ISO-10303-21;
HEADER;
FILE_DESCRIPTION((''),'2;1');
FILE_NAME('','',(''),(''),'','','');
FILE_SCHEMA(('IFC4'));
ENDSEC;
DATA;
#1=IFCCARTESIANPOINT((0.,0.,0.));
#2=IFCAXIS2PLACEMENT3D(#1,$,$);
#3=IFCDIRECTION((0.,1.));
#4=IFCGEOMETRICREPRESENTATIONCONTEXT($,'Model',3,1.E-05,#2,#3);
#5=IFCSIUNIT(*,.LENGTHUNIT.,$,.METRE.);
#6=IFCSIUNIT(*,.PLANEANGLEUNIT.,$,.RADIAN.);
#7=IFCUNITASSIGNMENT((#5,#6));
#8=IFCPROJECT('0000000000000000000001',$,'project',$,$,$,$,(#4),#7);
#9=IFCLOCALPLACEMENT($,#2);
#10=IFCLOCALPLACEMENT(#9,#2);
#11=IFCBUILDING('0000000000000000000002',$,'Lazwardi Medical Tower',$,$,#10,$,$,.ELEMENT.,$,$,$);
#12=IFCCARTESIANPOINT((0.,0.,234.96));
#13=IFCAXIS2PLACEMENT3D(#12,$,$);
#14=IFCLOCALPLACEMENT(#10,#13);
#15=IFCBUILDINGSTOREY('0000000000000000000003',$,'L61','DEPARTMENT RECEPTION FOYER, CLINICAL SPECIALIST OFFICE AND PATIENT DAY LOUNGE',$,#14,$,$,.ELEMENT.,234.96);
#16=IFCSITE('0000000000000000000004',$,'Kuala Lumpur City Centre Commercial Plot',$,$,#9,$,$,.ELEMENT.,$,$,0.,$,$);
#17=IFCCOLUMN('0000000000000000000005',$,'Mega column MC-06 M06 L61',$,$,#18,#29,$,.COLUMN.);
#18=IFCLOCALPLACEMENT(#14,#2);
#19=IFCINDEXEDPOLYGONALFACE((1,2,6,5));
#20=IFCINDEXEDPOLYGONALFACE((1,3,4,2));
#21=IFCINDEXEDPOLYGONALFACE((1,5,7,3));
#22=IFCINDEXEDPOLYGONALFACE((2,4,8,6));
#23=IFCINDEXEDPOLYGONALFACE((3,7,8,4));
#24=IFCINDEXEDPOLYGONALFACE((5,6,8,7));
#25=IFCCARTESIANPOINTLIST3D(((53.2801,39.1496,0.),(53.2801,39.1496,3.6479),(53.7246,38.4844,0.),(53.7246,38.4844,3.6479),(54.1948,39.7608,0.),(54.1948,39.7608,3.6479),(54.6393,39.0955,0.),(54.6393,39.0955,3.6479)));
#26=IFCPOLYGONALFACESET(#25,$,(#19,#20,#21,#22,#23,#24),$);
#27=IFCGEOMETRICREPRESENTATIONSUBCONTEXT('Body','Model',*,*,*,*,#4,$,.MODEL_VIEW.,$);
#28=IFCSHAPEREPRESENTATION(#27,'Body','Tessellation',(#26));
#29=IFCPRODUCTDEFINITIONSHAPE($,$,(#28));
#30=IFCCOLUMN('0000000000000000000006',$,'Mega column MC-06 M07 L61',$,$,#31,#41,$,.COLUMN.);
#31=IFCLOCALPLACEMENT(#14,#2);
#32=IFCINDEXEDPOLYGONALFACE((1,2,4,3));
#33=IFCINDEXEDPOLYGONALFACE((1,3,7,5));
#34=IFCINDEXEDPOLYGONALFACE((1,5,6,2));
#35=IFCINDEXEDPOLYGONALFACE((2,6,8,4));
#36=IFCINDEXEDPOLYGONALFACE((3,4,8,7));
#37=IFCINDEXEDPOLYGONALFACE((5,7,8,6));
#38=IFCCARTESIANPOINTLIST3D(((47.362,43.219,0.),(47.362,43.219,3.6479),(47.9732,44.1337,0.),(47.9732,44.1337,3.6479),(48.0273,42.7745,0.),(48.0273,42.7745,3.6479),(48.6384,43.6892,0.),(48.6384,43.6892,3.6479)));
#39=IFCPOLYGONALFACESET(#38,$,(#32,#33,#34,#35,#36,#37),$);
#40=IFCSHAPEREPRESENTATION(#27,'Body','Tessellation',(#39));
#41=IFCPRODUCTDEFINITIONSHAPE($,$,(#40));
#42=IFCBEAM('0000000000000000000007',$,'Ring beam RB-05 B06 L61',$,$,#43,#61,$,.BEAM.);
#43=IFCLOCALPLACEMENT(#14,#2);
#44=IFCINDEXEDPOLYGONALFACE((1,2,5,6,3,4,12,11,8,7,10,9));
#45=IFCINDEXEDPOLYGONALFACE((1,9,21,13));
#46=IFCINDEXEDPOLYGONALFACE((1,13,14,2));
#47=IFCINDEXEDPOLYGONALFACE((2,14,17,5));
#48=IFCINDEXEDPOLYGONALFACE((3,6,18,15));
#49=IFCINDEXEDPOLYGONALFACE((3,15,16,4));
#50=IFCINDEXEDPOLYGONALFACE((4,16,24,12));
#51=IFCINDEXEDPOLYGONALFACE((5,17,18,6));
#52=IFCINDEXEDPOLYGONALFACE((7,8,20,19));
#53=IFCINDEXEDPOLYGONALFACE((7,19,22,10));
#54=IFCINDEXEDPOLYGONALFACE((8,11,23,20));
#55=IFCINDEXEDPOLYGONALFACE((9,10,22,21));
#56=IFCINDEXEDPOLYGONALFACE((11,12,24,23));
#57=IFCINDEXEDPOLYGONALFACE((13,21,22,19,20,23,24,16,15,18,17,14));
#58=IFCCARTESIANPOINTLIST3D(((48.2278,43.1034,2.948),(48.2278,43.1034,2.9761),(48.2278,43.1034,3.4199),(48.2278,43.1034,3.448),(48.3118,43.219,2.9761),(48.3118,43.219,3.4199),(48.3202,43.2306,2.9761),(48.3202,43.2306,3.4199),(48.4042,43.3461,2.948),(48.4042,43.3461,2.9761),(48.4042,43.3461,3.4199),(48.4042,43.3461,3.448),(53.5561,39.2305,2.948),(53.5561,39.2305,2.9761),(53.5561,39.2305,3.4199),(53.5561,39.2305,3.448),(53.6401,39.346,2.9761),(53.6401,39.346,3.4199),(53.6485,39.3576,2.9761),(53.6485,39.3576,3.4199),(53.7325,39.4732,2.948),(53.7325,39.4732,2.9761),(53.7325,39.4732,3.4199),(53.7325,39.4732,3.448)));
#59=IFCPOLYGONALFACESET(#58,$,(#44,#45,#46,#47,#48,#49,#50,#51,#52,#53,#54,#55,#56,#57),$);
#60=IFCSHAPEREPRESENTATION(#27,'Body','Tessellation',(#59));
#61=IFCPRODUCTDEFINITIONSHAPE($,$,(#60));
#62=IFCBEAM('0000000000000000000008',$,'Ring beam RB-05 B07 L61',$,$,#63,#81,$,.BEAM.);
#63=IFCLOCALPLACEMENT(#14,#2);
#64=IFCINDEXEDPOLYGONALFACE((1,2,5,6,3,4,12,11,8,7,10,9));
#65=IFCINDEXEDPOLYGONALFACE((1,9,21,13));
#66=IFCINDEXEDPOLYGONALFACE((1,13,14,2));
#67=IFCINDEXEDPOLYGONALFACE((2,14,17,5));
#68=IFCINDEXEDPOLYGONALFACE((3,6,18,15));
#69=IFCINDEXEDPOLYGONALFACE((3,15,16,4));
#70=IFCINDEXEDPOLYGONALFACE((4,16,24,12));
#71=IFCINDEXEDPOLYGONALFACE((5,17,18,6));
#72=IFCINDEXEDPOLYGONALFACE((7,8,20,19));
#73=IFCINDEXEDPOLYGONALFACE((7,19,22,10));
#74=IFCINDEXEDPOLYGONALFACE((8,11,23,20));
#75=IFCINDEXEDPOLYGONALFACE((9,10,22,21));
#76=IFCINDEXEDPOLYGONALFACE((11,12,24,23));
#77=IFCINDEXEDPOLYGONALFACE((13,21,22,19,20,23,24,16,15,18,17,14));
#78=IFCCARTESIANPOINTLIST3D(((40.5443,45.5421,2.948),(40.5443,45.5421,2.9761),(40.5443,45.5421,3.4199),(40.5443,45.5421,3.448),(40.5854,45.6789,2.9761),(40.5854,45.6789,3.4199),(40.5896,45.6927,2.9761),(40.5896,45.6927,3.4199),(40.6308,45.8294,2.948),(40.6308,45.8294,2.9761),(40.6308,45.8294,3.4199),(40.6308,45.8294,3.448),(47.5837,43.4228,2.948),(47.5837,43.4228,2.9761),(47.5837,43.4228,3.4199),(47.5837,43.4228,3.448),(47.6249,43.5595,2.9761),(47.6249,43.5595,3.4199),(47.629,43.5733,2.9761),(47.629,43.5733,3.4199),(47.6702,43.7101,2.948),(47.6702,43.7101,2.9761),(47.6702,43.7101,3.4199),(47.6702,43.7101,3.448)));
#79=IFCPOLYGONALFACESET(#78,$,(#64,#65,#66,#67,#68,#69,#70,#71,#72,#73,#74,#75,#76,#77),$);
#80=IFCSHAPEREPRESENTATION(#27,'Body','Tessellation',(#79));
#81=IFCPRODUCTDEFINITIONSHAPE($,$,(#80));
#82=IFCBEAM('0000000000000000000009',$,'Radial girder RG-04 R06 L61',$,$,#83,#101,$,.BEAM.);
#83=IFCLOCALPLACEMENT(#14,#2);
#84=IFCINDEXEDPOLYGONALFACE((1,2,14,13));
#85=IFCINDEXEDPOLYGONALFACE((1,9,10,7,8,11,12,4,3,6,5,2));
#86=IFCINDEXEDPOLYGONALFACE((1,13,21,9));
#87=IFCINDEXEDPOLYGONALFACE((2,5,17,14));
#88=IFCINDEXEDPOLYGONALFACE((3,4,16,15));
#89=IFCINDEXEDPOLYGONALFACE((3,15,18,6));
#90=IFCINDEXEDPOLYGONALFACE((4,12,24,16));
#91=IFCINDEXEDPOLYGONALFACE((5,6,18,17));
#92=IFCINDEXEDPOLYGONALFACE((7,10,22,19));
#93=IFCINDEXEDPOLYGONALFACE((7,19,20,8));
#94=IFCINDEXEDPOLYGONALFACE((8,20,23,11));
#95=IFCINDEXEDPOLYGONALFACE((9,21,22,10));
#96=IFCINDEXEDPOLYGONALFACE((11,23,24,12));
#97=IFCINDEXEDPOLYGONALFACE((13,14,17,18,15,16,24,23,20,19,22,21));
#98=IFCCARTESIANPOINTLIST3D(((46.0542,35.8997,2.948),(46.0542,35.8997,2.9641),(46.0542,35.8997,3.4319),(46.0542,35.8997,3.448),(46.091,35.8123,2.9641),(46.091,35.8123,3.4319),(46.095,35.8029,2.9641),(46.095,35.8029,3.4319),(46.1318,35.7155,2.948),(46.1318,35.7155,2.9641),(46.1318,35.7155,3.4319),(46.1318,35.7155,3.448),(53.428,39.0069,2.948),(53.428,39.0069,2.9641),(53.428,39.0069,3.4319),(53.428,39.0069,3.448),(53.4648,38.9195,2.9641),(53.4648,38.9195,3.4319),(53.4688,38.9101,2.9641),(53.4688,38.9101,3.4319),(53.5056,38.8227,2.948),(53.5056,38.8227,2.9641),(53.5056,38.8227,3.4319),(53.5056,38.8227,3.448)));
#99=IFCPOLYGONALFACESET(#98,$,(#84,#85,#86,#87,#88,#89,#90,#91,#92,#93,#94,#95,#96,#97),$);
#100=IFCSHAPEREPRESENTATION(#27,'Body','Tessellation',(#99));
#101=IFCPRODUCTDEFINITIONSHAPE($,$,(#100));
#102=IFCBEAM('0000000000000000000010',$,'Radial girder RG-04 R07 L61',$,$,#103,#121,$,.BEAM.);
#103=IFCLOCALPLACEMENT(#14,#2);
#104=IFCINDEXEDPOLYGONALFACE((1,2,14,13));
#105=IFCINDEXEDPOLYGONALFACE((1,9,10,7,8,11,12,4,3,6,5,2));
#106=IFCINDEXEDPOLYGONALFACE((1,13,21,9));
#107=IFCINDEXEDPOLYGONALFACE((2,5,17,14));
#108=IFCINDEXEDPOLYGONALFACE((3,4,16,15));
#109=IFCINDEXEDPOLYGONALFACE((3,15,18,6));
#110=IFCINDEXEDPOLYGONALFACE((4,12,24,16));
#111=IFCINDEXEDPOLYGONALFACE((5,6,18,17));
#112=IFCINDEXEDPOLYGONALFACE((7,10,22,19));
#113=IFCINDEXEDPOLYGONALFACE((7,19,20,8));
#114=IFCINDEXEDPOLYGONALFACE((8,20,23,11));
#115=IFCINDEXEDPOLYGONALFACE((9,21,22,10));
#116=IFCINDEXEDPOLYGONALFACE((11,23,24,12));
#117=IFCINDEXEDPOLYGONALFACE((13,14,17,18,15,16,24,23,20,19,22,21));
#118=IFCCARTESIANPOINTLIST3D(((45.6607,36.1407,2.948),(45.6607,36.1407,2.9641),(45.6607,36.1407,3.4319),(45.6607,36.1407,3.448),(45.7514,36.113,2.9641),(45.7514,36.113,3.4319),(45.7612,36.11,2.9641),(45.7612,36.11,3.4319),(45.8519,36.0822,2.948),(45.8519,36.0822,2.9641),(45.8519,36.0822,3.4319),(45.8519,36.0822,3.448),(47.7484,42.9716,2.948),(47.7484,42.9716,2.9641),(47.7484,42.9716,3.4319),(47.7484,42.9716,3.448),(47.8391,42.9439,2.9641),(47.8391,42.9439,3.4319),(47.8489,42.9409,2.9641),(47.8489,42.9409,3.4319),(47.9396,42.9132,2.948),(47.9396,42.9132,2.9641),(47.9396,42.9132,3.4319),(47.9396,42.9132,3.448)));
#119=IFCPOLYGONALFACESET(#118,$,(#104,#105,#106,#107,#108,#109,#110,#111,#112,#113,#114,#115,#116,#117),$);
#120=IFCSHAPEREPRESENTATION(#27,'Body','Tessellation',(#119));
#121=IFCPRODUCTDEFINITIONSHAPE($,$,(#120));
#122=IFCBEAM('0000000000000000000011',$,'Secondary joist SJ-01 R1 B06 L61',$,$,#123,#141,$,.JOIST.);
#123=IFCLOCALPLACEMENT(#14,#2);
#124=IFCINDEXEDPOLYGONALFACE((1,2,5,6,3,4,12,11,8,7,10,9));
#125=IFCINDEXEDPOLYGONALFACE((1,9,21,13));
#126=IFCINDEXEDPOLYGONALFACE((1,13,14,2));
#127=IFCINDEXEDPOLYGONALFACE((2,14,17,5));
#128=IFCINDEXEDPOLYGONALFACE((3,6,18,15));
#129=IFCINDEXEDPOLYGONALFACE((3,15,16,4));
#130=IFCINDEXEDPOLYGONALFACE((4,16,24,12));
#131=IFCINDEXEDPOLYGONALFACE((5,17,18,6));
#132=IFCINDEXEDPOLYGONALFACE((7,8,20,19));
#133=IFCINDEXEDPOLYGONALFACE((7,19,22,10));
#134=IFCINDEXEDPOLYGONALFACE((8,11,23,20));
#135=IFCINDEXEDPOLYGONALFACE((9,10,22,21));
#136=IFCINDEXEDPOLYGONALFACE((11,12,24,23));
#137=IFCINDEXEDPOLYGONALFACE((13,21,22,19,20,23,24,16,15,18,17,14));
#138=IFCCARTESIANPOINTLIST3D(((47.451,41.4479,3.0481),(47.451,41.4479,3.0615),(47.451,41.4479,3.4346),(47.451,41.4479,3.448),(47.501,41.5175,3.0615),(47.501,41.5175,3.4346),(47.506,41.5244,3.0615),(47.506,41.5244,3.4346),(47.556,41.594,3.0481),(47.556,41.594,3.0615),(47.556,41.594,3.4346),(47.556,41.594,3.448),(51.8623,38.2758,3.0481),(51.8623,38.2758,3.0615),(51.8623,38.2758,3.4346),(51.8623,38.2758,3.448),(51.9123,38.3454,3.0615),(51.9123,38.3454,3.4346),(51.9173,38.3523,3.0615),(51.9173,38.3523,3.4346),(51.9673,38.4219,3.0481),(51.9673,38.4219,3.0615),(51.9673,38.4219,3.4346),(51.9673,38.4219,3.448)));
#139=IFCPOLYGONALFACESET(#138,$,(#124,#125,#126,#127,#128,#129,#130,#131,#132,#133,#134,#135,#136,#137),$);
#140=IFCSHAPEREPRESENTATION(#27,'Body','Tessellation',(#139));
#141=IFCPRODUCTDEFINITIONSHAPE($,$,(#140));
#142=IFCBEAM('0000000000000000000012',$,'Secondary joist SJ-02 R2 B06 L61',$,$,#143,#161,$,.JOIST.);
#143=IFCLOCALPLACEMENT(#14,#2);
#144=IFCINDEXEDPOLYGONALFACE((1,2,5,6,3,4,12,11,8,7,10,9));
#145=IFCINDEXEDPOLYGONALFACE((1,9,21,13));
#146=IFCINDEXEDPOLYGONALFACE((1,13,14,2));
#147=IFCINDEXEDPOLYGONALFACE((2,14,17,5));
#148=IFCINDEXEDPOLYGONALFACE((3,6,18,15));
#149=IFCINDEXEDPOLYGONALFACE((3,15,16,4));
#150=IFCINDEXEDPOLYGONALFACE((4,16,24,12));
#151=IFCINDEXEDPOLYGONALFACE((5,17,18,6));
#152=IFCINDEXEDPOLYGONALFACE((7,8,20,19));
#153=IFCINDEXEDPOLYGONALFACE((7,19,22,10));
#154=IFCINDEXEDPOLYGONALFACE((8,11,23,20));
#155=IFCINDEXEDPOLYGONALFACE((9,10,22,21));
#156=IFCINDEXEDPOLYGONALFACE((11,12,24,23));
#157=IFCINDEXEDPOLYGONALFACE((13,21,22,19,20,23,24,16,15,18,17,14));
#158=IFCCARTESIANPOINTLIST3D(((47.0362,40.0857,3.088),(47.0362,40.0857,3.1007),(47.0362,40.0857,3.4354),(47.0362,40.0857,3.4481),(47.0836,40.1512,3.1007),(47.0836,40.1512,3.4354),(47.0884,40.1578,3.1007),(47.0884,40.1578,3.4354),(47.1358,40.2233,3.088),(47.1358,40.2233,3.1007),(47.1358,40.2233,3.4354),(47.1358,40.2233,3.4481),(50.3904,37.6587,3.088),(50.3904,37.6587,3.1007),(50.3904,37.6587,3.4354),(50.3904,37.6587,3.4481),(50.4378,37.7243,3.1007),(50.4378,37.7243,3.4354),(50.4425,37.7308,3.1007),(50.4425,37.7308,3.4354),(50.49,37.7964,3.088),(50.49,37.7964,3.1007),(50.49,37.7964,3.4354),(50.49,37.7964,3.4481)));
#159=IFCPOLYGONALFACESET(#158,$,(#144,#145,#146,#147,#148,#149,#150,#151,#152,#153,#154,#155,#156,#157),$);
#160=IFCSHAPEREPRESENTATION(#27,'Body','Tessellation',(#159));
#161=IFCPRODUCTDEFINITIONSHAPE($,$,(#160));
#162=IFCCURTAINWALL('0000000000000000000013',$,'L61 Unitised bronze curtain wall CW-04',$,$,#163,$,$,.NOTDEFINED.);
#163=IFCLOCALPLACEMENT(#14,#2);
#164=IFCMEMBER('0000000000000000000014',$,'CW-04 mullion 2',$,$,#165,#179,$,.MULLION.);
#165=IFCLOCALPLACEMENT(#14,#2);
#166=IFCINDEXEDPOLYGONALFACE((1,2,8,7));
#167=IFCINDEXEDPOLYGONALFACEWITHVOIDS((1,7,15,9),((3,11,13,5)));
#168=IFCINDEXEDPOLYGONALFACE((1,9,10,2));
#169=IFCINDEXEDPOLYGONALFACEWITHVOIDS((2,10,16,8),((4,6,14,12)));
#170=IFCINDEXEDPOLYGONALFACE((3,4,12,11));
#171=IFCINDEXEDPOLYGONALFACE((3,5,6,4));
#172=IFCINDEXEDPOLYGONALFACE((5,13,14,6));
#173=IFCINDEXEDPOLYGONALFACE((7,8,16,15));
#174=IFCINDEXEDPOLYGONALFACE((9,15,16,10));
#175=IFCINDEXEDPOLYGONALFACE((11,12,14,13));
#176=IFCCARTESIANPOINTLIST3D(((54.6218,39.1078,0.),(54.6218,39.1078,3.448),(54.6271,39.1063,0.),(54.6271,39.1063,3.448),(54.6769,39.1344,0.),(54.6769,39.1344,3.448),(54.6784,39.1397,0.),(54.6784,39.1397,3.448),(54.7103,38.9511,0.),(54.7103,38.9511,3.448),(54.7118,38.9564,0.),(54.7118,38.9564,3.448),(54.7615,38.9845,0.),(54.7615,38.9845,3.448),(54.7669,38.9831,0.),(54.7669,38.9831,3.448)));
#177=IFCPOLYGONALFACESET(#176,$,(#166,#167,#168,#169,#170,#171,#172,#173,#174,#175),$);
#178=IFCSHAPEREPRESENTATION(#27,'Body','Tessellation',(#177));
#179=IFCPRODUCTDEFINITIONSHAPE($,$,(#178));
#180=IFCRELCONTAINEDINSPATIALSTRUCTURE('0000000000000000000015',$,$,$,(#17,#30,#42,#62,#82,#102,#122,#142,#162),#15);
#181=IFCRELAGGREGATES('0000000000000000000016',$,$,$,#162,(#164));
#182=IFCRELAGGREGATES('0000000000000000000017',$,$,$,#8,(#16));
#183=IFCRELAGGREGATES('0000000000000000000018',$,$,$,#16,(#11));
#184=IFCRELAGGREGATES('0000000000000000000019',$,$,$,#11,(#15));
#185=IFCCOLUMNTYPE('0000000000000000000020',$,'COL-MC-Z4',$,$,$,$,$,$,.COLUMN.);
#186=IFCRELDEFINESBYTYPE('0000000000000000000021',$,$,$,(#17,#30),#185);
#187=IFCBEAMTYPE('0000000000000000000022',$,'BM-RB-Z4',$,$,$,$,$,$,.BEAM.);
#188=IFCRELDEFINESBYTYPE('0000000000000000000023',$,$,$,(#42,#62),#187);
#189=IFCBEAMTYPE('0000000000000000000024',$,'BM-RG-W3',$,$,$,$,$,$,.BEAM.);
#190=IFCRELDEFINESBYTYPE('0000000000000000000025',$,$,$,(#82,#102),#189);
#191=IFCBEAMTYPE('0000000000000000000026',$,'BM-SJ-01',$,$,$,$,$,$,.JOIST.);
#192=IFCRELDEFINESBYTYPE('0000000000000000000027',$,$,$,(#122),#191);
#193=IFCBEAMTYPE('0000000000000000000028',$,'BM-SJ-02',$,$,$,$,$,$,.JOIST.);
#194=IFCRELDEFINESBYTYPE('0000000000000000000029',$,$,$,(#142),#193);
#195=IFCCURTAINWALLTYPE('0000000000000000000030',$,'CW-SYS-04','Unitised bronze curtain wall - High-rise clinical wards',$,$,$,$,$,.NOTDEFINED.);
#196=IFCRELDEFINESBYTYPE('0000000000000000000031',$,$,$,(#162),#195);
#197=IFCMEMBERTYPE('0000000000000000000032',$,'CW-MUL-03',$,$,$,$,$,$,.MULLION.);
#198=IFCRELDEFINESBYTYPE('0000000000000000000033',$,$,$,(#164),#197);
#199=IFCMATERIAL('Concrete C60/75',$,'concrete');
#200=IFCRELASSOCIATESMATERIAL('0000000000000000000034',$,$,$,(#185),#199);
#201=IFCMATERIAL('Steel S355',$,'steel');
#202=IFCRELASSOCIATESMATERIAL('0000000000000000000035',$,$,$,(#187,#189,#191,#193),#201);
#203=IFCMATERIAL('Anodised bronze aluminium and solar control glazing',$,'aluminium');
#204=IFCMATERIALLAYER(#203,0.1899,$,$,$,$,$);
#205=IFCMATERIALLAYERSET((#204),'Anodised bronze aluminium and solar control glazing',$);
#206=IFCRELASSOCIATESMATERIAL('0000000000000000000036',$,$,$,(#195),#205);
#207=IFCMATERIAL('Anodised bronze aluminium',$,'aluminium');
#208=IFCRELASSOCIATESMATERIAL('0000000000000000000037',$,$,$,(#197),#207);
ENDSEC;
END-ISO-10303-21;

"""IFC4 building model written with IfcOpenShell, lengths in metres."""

from ifc_helpers import new_model, si_unit, direction, frame, origin, origin_2d, place, context, subcontext, project, spatial, rectangle, hollow_rectangle, i_section, extrude, material, layer, layer_set, material_profile, profile_set, type_object, element, aggregate, save


model = new_model("IFC4")

# Units and contexts
model_context = context("Model", 3, precision=1e-05, world=origin(), true_north=direction((0.0, 1.0)))
body_context = subcontext(model_context, "Body", "Model", "MODEL_VIEW")
ifc_project = project(units=[si_unit("LENGTHUNIT", "METRE"), si_unit("PLANEANGLEUNIT", "RADIAN")], contexts=[model_context])

# Site, building, storey
site_placement = place(None, origin())
site = spatial("IfcSite", under=ifc_project, at=site_placement, Name="Kuala Lumpur City Centre Commercial Plot", CompositionType="ELEMENT", RefElevation=0.0)
building_placement = place(site_placement, origin())
building = spatial("IfcBuilding", under=site, at=building_placement, Name="Lazwardi Medical Tower", CompositionType="ELEMENT")
storey_placement = place(building_placement, frame((0.0, 0.0, 234.96)))
storey = spatial("IfcBuildingStorey", under=building, at=storey_placement, Name="L61", Description="DEPARTMENT RECEPTION FOYER, CLINICAL SPECIALIST OFFICE AND PATIENT DAY LOUNGE", CompositionType="ELEMENT", Elevation=234.96)

# Columns
ifc_material_1 = material(Name="Concrete C60/75", Category="concrete")
ifc_material_profile_1 = material_profile(ifc_material_1, rectangle(XDim=1.1001, YDim=0.8, at=origin_2d()), Name="CFT-RECT 1100x800")
ifc_profile_set_1 = profile_set([ifc_material_profile_1], Name="Concrete C60/75")
column_type = type_object("IfcColumnType", Name="COL-MC-Z4", PredefinedType="COLUMN", material=ifc_profile_set_1)
for number, where, z_axis, x_axis, name in (
    (1, (53.9597, 39.1226, 0.0), (0.0, 0.0, 1.0), (0.83147, 0.55557, 0.0), "Mega column MC-06 M06 L61"),
    (2, (48.0002, 43.4541, 0.0), (0.0, 0.0, 1.0), (0.55557, 0.83147, 0.0), "Mega column MC-06 M07 L61"),
):
    element("IfcColumn", number, at=place(storey_placement, frame(where, z_axis=z_axis, x_axis=x_axis)), inside=storey, type_object=column_type, Name=name, PredefinedType="COLUMN", context=body_context, shape_type="SweptSolid", body=[
        extrude(rectangle(XDim=1.1001, YDim=0.8, at=origin_2d()), origin(), (0.0, 0.0, 1.0), 3.6479),
    ])

# Beams
ifc_material_2 = material(Name="Steel S355", Category="steel")
ifc_material_profile_2 = material_profile(ifc_material_2, i_section(OverallWidth=0.3, OverallDepth=0.5, WebThickness=0.0144, FlangeThickness=0.0281, at=origin_2d()), Name="HEB 500")
ifc_profile_set_2 = profile_set([ifc_material_profile_2], Name="Steel S355")
beam_type_1 = type_object("IfcBeamType", Name="BM-RB-Z4", PredefinedType="BEAM", material=ifc_profile_set_2)
beam_1_placement = place(storey_placement, frame((53.6443, 39.3518, 3.198), z_axis=(-0.80889, 0.58796, 0.0), x_axis=(-0.58796, -0.80889, 0.0)))
element("IfcBeam", 3, at=beam_1_placement, inside=storey, type_object=beam_type_1, Name="Ring beam RB-05 B06 L61", PredefinedType="BEAM", context=body_context, shape_type="SweptSolid", body=[
    extrude(i_section(OverallWidth=0.3, OverallDepth=0.5, WebThickness=0.0144, FlangeThickness=0.0281, at=origin_2d()), origin(), (0.0, 0.0, 1.0), 6.5872),
])
beam_2_placement = place(storey_placement, frame((47.627, 43.5664, 3.198), z_axis=(-0.957544, 0.288286, 0.0), x_axis=(-0.288286, -0.957544, 0.0)))
element("IfcBeam", 4, at=beam_2_placement, inside=storey, type_object=beam_type_1, Name="Ring beam RB-05 B07 L61", PredefinedType="BEAM", context=body_context, shape_type="SweptSolid", body=[
    extrude(i_section(OverallWidth=0.3, OverallDepth=0.5, WebThickness=0.0144, FlangeThickness=0.0281, at=origin_2d()), origin(), (0.0, 0.0, 1.0), 7.3516),
])
ifc_material_profile_3 = material_profile(ifc_material_2, i_section(OverallWidth=0.2, OverallDepth=0.5, WebThickness=0.0103, FlangeThickness=0.0161, at=origin_2d()), Name="IPE 500")
ifc_profile_set_3 = profile_set([ifc_material_profile_3], Name="Steel S355")
beam_type_2 = type_object("IfcBeamType", Name="BM-RG-W3", PredefinedType="BEAM", material=ifc_profile_set_3)
beam_3_placement = place(storey_placement, frame((53.4668, 38.9148, 3.198), z_axis=(-0.921527, -0.388315, 0.0), x_axis=(0.388315, -0.921527, 0.0)))
element("IfcBeam", 5, at=beam_3_placement, inside=storey, type_object=beam_type_2, Name="Radial girder RG-04 R06 L61", PredefinedType="BEAM", context=body_context, shape_type="SweptSolid", body=[
    extrude(i_section(OverallWidth=0.2, OverallDepth=0.5, WebThickness=0.0103, FlangeThickness=0.0161, at=origin_2d()), origin(), (0.0, 0.0, 1.0), 8.0017),
])
beam_4_placement = place(storey_placement, frame((47.844, 42.9424, 3.198), z_axis=(-0.292277, -0.956334, 0.0), x_axis=(0.956334, -0.292277, 0.0)))
element("IfcBeam", 6, at=beam_4_placement, inside=storey, type_object=beam_type_2, Name="Radial girder RG-04 R07 L61", PredefinedType="BEAM", context=body_context, shape_type="SweptSolid", body=[
    extrude(i_section(OverallWidth=0.2, OverallDepth=0.5, WebThickness=0.0103, FlangeThickness=0.0161, at=origin_2d()), origin(), (0.0, 0.0, 1.0), 7.1428),
])
ifc_material_profile_4 = material_profile(ifc_material_2, i_section(OverallWidth=0.1799, OverallDepth=0.3999, WebThickness=0.0085, FlangeThickness=0.0134, at=origin_2d()), Name="IPE 400")
ifc_profile_set_4 = profile_set([ifc_material_profile_4], Name="Steel S355")
beam_type_3 = type_object("IfcBeamType", Name="BM-SJ-01", PredefinedType="JOIST", material=ifc_profile_set_4)
beam_5_placement = place(storey_placement, frame((51.9148, 38.3489, 3.248), z_axis=(-0.81189, 0.583811, 0.0), x_axis=(-0.583811, -0.81189, 0.0)))
element("IfcBeam", 7, at=beam_5_placement, inside=storey, type_object=beam_type_3, Name="Secondary joist SJ-01 R1 B06 L61", PredefinedType="JOIST", context=body_context, shape_type="SweptSolid", body=[
    extrude(i_section(OverallWidth=0.1799, OverallDepth=0.3999, WebThickness=0.0085, FlangeThickness=0.0134, at=origin_2d()), origin(), (0.0, 0.0, 1.0), 5.4333),
])
ifc_material_profile_5 = material_profile(ifc_material_2, i_section(OverallWidth=0.1699, OverallDepth=0.3601, WebThickness=0.0081, FlangeThickness=0.0127, at=origin_2d()), Name="IPE 360")
ifc_profile_set_5 = profile_set([ifc_material_profile_5], Name="Steel S355")
beam_type_4 = type_object("IfcBeamType", Name="BM-SJ-02", PredefinedType="JOIST", material=ifc_profile_set_5)
beam_6_placement = place(storey_placement, frame((50.4402, 37.7275, 3.2681), z_axis=(-0.810164, 0.586203, 0.0), x_axis=(-0.586203, -0.810164, 0.0)))
element("IfcBeam", 8, at=beam_6_placement, inside=storey, type_object=beam_type_4, Name="Secondary joist SJ-02 R2 B06 L61", PredefinedType="JOIST", context=body_context, shape_type="SweptSolid", body=[
    extrude(i_section(OverallWidth=0.1699, OverallDepth=0.3601, WebThickness=0.0081, FlangeThickness=0.0127, at=origin_2d()), origin(), (0.0, 0.0, 1.0), 4.1401),
])

# Curtain wall, member
ifc_material_3 = material(Name="Anodised bronze aluminium and solar control glazing", Category="aluminium")
ifc_layer_1 = layer(ifc_material_3, 0.1899)
ifc_layer_set_1 = layer_set([ifc_layer_1], Name="Anodised bronze aluminium and solar control glazing")
curtain_wall_type = type_object("IfcCurtainWallType", Name="CW-SYS-04", Description="Unitised bronze curtain wall - High-rise clinical wards", PredefinedType="NOTDEFINED", material=ifc_layer_set_1)
curtain_wall_1_placement = place(storey_placement, origin())
curtain_wall_1 = element("IfcCurtainWall", 9, at=curtain_wall_1_placement, inside=storey, type_object=curtain_wall_type, Name="L61 Unitised bronze curtain wall CW-04", PredefinedType="NOTDEFINED")
ifc_material_4 = material(Name="Anodised bronze aluminium", Category="aluminium")
ifc_material_profile_6 = material_profile(ifc_material_4, hollow_rectangle(XDim=0.0649, YDim=0.1799, WallThickness=0.0039, at=origin_2d()), Name="ALU-MULLION 180x65x4")
ifc_profile_set_6 = profile_set([ifc_material_profile_6], Name="Anodised bronze aluminium")
member_type_1 = type_object("IfcMemberType", Name="CW-MUL-03", PredefinedType="MULLION", material=ifc_profile_set_6)
member_1_placement = place(storey_placement, frame((54.6943, 39.0454, 0.0), z_axis=(0.0, 0.0, 1.0), x_axis=(-0.870651, -0.4919, 0.0)))
member_1 = element("IfcMember", 10, at=member_1_placement, type_object=member_type_1, Name="CW-04 mullion 2", PredefinedType="MULLION", context=body_context, shape_type="SweptSolid", body=[
    extrude(hollow_rectangle(XDim=0.0649, YDim=0.1799, WallThickness=0.0039, at=origin_2d()), origin(), (0.0, 0.0, 1.0), 3.448),
])
aggregate(curtain_wall_1, [member_1])

save(model, "model.ifc")
